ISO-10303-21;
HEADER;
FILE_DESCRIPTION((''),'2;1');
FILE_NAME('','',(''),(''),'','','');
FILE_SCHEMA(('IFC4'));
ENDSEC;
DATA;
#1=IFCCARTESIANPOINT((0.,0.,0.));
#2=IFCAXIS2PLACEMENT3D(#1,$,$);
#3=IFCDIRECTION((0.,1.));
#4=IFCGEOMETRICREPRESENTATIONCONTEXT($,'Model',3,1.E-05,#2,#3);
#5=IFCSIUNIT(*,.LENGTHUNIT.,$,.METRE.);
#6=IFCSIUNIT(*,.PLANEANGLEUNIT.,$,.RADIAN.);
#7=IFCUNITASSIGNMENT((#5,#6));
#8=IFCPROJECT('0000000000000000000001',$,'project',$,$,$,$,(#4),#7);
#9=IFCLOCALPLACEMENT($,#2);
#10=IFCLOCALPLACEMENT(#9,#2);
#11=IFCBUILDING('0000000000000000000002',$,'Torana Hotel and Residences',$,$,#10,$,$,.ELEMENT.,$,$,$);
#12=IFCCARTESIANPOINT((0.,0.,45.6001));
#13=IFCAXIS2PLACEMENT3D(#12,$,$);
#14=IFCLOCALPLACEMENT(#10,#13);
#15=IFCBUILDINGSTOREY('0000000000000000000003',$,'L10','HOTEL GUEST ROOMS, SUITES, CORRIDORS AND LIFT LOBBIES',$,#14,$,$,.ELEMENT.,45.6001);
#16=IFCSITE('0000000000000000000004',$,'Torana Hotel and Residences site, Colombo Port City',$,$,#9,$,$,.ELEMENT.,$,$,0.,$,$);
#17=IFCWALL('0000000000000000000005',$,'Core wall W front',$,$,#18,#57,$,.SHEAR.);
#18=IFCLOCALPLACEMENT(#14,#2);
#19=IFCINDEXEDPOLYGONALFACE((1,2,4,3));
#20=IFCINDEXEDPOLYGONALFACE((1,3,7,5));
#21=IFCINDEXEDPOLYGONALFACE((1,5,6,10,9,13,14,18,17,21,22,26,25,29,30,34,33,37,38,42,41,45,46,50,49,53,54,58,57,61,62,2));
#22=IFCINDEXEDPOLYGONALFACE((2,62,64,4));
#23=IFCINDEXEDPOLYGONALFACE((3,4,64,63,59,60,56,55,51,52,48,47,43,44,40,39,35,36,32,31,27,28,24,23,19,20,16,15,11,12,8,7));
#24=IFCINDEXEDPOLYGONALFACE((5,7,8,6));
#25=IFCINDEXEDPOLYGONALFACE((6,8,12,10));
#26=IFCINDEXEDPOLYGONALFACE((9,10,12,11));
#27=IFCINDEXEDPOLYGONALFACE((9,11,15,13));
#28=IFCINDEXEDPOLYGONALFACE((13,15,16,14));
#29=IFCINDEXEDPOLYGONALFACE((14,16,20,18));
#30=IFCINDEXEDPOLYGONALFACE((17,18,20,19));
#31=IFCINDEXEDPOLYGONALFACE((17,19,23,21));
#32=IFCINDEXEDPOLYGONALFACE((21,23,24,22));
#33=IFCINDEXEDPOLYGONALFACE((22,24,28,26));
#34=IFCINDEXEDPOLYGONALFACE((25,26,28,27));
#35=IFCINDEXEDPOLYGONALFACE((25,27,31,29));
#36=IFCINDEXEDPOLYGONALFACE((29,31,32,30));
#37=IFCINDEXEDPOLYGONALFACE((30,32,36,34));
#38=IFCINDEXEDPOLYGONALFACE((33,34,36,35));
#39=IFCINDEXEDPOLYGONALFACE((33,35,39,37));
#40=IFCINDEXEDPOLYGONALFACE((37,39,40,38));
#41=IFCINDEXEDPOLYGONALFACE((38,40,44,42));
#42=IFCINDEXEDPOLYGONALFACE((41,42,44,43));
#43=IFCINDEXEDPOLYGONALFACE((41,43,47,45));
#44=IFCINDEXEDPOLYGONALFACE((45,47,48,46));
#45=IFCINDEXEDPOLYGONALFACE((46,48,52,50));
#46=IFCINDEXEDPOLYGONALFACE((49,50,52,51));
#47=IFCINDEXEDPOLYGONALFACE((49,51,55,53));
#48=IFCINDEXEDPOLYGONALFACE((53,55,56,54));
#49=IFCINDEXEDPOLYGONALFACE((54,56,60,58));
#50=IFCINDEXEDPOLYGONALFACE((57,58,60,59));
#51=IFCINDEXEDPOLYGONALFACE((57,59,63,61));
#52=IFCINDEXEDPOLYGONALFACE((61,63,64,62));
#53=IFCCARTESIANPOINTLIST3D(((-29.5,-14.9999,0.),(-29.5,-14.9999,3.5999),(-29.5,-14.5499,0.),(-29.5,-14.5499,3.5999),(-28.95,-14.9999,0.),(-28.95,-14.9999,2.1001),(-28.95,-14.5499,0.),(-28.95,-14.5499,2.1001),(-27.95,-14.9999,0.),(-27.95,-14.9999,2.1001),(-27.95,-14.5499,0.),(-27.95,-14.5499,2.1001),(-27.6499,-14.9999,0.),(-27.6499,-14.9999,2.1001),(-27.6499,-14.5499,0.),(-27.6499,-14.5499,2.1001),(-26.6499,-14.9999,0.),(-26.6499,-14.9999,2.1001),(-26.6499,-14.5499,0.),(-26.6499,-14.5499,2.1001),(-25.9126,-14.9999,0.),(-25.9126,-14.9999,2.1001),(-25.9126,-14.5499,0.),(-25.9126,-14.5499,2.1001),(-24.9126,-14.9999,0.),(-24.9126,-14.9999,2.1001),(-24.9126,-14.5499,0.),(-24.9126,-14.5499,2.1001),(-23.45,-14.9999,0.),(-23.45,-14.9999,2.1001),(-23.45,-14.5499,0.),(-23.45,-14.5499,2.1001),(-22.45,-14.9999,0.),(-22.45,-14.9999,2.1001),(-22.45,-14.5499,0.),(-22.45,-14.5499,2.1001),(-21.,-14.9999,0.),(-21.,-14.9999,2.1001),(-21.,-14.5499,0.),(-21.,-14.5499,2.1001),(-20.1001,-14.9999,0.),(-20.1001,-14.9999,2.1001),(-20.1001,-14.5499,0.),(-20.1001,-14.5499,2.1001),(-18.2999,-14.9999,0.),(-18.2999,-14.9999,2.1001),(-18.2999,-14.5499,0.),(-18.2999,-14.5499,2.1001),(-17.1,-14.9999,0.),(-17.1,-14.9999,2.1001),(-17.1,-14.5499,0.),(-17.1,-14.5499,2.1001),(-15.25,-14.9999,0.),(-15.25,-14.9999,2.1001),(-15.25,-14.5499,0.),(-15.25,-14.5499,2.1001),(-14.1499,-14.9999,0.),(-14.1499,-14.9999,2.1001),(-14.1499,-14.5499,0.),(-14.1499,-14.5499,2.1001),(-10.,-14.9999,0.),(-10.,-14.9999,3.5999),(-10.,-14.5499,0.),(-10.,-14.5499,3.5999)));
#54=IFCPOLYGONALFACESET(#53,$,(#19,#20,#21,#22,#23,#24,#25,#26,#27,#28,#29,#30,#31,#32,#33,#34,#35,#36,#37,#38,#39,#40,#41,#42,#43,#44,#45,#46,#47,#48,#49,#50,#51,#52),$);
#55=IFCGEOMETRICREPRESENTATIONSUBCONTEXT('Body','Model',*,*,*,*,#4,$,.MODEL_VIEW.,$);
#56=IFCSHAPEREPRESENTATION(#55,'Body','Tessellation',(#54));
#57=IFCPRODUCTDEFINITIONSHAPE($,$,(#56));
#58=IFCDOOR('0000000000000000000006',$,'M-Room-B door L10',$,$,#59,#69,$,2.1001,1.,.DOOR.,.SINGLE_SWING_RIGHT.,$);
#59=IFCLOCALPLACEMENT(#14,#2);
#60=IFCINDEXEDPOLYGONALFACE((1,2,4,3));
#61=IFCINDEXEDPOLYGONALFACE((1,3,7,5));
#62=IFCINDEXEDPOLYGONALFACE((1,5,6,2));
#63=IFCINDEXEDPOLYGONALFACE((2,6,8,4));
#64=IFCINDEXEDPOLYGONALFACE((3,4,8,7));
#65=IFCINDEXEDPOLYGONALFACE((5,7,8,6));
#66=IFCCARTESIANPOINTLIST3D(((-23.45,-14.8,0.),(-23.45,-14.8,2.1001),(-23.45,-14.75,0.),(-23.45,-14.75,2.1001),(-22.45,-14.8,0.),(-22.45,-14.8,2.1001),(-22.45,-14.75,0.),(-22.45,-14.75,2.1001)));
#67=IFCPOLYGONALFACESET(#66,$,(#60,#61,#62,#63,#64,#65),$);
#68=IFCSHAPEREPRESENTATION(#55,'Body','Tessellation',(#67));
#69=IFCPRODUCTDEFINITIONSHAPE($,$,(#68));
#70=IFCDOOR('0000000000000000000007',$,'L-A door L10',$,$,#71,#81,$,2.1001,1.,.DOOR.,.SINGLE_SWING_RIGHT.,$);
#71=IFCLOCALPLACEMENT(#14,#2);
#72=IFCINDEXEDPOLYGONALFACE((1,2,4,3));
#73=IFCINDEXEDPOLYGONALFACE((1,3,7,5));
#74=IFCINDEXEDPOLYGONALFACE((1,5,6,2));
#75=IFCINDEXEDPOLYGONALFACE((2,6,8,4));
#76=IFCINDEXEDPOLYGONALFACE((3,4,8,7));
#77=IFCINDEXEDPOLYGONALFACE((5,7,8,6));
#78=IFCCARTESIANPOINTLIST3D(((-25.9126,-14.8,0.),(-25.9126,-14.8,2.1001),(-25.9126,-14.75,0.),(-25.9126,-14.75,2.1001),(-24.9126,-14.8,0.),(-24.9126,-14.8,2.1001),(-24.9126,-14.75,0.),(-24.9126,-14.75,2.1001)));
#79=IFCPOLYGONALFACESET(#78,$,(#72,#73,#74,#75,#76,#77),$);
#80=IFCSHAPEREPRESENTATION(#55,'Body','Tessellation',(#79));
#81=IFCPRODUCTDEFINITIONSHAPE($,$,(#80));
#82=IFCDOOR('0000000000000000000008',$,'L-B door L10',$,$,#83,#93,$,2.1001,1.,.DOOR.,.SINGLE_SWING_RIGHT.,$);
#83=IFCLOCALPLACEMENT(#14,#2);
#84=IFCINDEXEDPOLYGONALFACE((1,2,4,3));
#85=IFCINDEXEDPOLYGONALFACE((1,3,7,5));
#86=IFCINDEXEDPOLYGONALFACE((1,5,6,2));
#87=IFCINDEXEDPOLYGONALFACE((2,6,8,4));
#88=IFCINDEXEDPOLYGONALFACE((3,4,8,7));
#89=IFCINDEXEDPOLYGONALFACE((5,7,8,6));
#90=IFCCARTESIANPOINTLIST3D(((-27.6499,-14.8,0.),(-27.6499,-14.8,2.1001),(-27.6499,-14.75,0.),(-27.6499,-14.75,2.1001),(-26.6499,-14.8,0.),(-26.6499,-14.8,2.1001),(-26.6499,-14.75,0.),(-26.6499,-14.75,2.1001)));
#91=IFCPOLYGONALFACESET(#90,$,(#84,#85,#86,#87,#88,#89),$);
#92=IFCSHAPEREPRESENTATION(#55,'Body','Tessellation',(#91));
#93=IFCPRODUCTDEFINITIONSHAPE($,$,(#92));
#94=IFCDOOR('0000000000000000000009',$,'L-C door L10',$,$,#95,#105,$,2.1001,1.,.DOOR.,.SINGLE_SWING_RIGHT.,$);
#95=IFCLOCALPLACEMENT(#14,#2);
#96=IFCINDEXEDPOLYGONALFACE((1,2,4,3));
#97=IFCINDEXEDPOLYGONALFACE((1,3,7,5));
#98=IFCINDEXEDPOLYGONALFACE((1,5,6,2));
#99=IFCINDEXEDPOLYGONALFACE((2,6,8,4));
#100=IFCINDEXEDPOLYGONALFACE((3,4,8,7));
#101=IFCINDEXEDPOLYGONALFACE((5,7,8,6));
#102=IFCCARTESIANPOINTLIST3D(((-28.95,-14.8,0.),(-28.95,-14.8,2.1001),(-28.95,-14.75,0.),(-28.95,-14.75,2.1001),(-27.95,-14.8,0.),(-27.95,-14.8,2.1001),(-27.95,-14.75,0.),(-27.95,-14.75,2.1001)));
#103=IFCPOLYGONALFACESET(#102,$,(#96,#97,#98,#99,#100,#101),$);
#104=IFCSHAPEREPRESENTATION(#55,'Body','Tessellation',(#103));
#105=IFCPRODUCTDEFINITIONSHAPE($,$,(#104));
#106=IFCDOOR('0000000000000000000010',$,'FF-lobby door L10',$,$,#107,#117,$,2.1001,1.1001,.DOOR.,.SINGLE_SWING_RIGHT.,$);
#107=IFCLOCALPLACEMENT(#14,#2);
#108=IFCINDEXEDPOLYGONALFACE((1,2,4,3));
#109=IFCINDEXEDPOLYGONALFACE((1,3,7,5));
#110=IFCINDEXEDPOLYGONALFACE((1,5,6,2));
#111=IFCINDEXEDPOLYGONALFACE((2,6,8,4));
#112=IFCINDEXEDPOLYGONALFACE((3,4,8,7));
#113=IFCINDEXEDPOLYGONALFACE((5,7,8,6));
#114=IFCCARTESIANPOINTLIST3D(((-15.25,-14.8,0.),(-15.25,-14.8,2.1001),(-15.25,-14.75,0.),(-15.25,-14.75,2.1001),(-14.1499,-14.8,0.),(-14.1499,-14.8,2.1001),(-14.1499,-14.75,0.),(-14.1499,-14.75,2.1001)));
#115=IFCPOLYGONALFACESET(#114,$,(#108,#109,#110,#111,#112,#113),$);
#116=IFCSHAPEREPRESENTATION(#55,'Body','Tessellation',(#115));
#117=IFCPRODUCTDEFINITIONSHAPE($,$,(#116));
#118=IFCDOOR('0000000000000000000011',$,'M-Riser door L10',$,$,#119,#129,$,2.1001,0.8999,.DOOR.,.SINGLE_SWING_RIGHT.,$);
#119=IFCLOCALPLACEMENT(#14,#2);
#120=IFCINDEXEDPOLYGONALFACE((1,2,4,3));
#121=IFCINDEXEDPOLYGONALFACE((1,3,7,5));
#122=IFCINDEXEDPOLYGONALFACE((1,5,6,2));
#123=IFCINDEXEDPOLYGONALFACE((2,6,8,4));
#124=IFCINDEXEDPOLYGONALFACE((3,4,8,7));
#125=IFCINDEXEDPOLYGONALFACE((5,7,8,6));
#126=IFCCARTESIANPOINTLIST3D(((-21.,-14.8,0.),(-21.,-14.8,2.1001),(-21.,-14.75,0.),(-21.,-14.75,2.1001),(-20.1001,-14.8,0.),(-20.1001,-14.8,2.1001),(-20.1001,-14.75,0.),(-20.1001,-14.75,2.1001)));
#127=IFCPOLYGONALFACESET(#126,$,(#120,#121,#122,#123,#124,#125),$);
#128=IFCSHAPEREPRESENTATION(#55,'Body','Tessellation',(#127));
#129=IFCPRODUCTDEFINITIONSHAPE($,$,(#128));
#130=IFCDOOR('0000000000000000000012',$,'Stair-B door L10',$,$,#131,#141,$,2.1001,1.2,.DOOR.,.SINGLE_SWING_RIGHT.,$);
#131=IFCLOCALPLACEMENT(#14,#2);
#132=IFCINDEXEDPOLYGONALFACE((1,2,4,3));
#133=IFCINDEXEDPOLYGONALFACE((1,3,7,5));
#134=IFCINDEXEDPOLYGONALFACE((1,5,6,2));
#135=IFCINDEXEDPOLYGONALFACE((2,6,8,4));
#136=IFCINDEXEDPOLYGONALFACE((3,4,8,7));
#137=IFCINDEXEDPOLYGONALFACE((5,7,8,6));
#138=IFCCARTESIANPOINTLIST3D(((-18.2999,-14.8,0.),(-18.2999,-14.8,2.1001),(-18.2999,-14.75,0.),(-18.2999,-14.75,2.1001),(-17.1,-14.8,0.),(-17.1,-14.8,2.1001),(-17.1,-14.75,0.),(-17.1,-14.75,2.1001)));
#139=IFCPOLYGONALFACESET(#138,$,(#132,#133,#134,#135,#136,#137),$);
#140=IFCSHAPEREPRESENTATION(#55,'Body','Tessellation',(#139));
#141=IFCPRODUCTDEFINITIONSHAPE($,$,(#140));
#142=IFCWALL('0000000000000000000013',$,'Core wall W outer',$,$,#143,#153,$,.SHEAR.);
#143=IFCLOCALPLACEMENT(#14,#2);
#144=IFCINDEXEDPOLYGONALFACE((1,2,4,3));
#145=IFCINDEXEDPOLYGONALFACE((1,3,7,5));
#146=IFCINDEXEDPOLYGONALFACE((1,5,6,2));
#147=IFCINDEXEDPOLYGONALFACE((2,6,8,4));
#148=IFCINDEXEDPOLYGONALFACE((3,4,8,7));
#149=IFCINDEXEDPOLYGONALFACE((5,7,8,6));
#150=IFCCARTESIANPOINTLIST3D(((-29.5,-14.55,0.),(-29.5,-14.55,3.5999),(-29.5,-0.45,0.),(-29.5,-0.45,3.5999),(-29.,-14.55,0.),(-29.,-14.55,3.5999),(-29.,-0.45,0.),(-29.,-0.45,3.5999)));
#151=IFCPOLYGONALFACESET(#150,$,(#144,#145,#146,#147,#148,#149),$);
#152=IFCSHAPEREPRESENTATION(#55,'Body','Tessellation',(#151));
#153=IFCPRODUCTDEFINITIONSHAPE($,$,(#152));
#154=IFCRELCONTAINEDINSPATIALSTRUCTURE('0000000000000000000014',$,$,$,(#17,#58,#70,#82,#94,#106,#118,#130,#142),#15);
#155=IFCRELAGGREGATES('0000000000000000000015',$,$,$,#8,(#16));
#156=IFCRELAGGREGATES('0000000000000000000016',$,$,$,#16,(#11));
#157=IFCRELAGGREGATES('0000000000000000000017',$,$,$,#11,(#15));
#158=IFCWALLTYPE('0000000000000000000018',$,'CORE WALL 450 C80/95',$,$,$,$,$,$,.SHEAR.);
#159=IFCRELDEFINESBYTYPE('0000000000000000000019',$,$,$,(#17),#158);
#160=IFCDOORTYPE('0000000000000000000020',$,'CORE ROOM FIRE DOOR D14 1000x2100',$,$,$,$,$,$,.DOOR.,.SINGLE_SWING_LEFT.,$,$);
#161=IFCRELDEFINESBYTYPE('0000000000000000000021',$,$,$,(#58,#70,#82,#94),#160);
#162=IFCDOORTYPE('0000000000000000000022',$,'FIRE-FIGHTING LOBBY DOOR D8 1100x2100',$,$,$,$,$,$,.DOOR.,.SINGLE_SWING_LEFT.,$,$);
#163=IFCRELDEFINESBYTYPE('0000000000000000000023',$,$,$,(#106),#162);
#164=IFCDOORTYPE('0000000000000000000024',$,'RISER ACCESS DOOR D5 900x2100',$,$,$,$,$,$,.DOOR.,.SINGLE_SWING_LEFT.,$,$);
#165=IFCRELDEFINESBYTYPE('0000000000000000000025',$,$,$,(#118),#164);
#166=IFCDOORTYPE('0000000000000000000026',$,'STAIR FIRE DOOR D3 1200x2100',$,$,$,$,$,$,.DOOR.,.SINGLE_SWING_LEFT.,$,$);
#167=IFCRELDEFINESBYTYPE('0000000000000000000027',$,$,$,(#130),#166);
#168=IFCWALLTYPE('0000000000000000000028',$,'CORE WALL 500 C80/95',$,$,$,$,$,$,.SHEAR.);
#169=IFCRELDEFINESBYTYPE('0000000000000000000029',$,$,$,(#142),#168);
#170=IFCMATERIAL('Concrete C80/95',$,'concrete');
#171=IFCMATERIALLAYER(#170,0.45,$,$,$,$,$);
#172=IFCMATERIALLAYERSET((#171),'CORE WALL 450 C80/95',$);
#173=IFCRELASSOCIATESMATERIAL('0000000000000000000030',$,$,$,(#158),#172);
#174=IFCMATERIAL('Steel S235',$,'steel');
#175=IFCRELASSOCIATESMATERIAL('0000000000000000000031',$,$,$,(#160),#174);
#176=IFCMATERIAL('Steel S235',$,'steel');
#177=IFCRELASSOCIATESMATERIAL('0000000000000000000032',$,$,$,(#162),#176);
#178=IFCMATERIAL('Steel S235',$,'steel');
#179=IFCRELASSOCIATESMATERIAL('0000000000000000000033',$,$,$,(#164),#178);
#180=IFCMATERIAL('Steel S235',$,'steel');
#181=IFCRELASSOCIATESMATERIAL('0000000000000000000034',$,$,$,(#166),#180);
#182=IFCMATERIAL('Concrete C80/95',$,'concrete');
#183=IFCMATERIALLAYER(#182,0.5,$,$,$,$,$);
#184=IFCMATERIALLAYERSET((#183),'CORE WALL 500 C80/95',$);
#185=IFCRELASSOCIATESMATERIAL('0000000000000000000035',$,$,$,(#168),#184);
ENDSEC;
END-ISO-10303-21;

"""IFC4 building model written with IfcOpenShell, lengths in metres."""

from ifc_helpers import new_model, si_unit, direction, frame, frame_2d, origin, place, context, subcontext, project, spatial, rectangle, extrude, material, layer, layer_set, type_object, element, fill, save


model = new_model("IFC4")

# Units and contexts
model_context = context("Model", 3, precision=1e-05, world=origin(), true_north=direction((0.0, 1.0)))
body_context = subcontext(model_context, "Body", "Model", "MODEL_VIEW")
ifc_project = project(units=[si_unit("LENGTHUNIT", "METRE"), si_unit("PLANEANGLEUNIT", "RADIAN")], contexts=[model_context])

# Site, building, storey
site_placement = place(None, origin())
site = spatial("IfcSite", under=ifc_project, at=site_placement, Name="Torana Hotel and Residences site, Colombo Port City", CompositionType="ELEMENT", RefElevation=0.0)
building_placement = place(site_placement, origin())
building = spatial("IfcBuilding", under=site, at=building_placement, Name="Torana Hotel and Residences", CompositionType="ELEMENT")
storey_placement = place(building_placement, frame((0.0, 0.0, 45.6001)))
storey = spatial("IfcBuildingStorey", under=building, at=storey_placement, Name="L10", Description="HOTEL GUEST ROOMS, SUITES, CORRIDORS AND LIFT LOBBIES", CompositionType="ELEMENT", Elevation=45.6001)

# Wall, openings, doors
ifc_material_1 = material(Name="Concrete C80/95", Category="concrete")
ifc_layer_1 = layer(ifc_material_1, 0.45)
ifc_layer_set_1 = layer_set([ifc_layer_1], Name="CORE WALL 450 C80/95")
wall_type_1 = type_object("IfcWallType", Name="CORE WALL 450 C80/95", PredefinedType="SHEAR", material=ifc_layer_set_1)
wall_1_placement = place(storey_placement, frame((-29.5, -14.7749, 0.0), z_axis=(0.0, 0.0, 1.0), x_axis=(1.0, 0.0, 0.0)))
wall_1 = element("IfcWall", 1, at=wall_1_placement, inside=storey, type_object=wall_type_1, Name="Core wall W front", PredefinedType="SHEAR", context=body_context, shape_type="SweptSolid", body=[
    extrude(rectangle(XDim=19.5, YDim=0.45, at=frame_2d((9.75, 0.0))), origin(), (0.0, 0.0, 1.0), 3.5999),
])
opening_1_placement = place(wall_1_placement, frame((11.2, 0.0, 0.0)))
opening_1 = element("IfcOpeningElement", 2, at=opening_1_placement, cuts=wall_1, PredefinedType="OPENING", context=body_context, shape_type="SweptSolid", body=[
    extrude(rectangle(XDim=1.2, YDim=2.1001, at=frame_2d((0.6001, 1.05))), frame((0.0, 0.2349, 0.0), z_axis=(0.0, -1.0, 0.0), x_axis=(1.0, 0.0, 0.0)), (0.0, 0.0, 1.0), 0.47),
])
opening_2_placement = place(wall_1_placement, frame((14.25, 0.0, 0.0)))
opening_2 = element("IfcOpeningElement", 3, at=opening_2_placement, cuts=wall_1, PredefinedType="OPENING", context=body_context, shape_type="SweptSolid", body=[
    extrude(rectangle(XDim=1.1001, YDim=2.1001, at=frame_2d((0.55, 1.05))), frame((0.0, 0.2349, 0.0), z_axis=(0.0, -1.0, 0.0), x_axis=(1.0, 0.0, 0.0)), (0.0, 0.0, 1.0), 0.47),
])
opening_3_placement = place(wall_1_placement, frame((8.5, 0.0, 0.0)))
opening_3 = element("IfcOpeningElement", 4, at=opening_3_placement, cuts=wall_1, PredefinedType="OPENING", context=body_context, shape_type="SweptSolid", body=[
    extrude(rectangle(XDim=0.8999, YDim=2.1001, at=frame_2d((0.45, 1.05))), frame((0.0, 0.2349, 0.0), z_axis=(0.0, -1.0, 0.0), x_axis=(1.0, 0.0, 0.0)), (0.0, 0.0, 1.0), 0.47),
])
opening_4_placement = place(wall_1_placement, frame((6.05, 0.0, 0.0)))
opening_4 = element("IfcOpeningElement", 5, at=opening_4_placement, cuts=wall_1, PredefinedType="OPENING", context=body_context, shape_type="SweptSolid", body=[
    extrude(rectangle(XDim=1.0, YDim=2.1001, at=frame_2d((0.5, 1.05))), frame((0.0, 0.2349, 0.0), z_axis=(0.0, -1.0, 0.0), x_axis=(1.0, 0.0, 0.0)), (0.0, 0.0, 1.0), 0.47),
])
opening_5_placement = place(wall_1_placement, frame((3.5874, 0.0, 0.0)))
opening_5 = element("IfcOpeningElement", 6, at=opening_5_placement, cuts=wall_1, PredefinedType="OPENING", context=body_context, shape_type="SweptSolid", body=[
    extrude(rectangle(XDim=1.0, YDim=2.1001, at=frame_2d((0.5, 1.05))), frame((0.0, 0.2349, 0.0), z_axis=(0.0, -1.0, 0.0), x_axis=(1.0, 0.0, 0.0)), (0.0, 0.0, 1.0), 0.47),
])
opening_6_placement = place(wall_1_placement, frame((1.8501, 0.0, 0.0)))
opening_6 = element("IfcOpeningElement", 7, at=opening_6_placement, cuts=wall_1, PredefinedType="OPENING", context=body_context, shape_type="SweptSolid", body=[
    extrude(rectangle(XDim=1.0, YDim=2.1001, at=frame_2d((0.5, 1.05))), frame((0.0, 0.2349, 0.0), z_axis=(0.0, -1.0, 0.0), x_axis=(1.0, 0.0, 0.0)), (0.0, 0.0, 1.0), 0.47),
])
opening_7_placement = place(wall_1_placement, frame((0.55, 0.0, 0.0)))
opening_7 = element("IfcOpeningElement", 8, at=opening_7_placement, cuts=wall_1, PredefinedType="OPENING", context=body_context, shape_type="SweptSolid", body=[
    extrude(rectangle(XDim=1.0, YDim=2.1001, at=frame_2d((0.5, 1.05))), frame((0.0, 0.2349, 0.0), z_axis=(0.0, -1.0, 0.0), x_axis=(1.0, 0.0, 0.0)), (0.0, 0.0, 1.0), 0.47),
])
ifc_material_2 = material(Name="Steel S235", Category="steel")
door_type_1 = type_object("IfcDoorType", Name="CORE ROOM FIRE DOOR D14 1000x2100", OperationType="SINGLE_SWING_LEFT", PredefinedType="DOOR", material=ifc_material_2)
door_1_placement = place(opening_4_placement, origin())
door_1 = element("IfcDoor", 9, at=door_1_placement, inside=storey, type_object=door_type_1, Name="M-Room-B door L10", OperationType="SINGLE_SWING_RIGHT", OverallHeight=2.1001, OverallWidth=1.0, PredefinedType="DOOR", context=body_context, shape_type="SweptSolid", body=[
    extrude(rectangle(XDim=1.0, YDim=2.1001, at=frame_2d((0.5, 1.05))), frame((0.0, 0.0249, 0.0), z_axis=(0.0, -1.0, 0.0), x_axis=(1.0, 0.0, 0.0)), (0.0, 0.0, 1.0), 0.05),
])
fill(opening_4, door_1)
door_2_placement = place(opening_5_placement, origin())
door_2 = element("IfcDoor", 10, at=door_2_placement, inside=storey, type_object=door_type_1, Name="L-A door L10", OperationType="SINGLE_SWING_RIGHT", OverallHeight=2.1001, OverallWidth=1.0, PredefinedType="DOOR", context=body_context, shape_type="SweptSolid", body=[
    extrude(rectangle(XDim=1.0, YDim=2.1001, at=frame_2d((0.5, 1.05))), frame((0.0, 0.0249, 0.0), z_axis=(0.0, -1.0, 0.0), x_axis=(1.0, 0.0, 0.0)), (0.0, 0.0, 1.0), 0.05),
])
fill(opening_5, door_2)
door_3_placement = place(opening_6_placement, origin())
door_3 = element("IfcDoor", 11, at=door_3_placement, inside=storey, type_object=door_type_1, Name="L-B door L10", OperationType="SINGLE_SWING_RIGHT", OverallHeight=2.1001, OverallWidth=1.0, PredefinedType="DOOR", context=body_context, shape_type="SweptSolid", body=[
    extrude(rectangle(XDim=1.0, YDim=2.1001, at=frame_2d((0.5, 1.05))), frame((0.0, 0.0249, 0.0), z_axis=(0.0, -1.0, 0.0), x_axis=(1.0, 0.0, 0.0)), (0.0, 0.0, 1.0), 0.05),
])
fill(opening_6, door_3)
door_4_placement = place(opening_7_placement, origin())
door_4 = element("IfcDoor", 12, at=door_4_placement, inside=storey, type_object=door_type_1, Name="L-C door L10", OperationType="SINGLE_SWING_RIGHT", OverallHeight=2.1001, OverallWidth=1.0, PredefinedType="DOOR", context=body_context, shape_type="SweptSolid", body=[
    extrude(rectangle(XDim=1.0, YDim=2.1001, at=frame_2d((0.5, 1.05))), frame((0.0, 0.0249, 0.0), z_axis=(0.0, -1.0, 0.0), x_axis=(1.0, 0.0, 0.0)), (0.0, 0.0, 1.0), 0.05),
])
fill(opening_7, door_4)
ifc_material_3 = material(Name="Steel S235", Category="steel")
door_type_2 = type_object("IfcDoorType", Name="FIRE-FIGHTING LOBBY DOOR D8 1100x2100", OperationType="SINGLE_SWING_LEFT", PredefinedType="DOOR", material=ifc_material_3)
door_5_placement = place(opening_2_placement, origin())
door_5 = element("IfcDoor", 13, at=door_5_placement, inside=storey, type_object=door_type_2, Name="FF-lobby door L10", OperationType="SINGLE_SWING_RIGHT", OverallHeight=2.1001, OverallWidth=1.1001, PredefinedType="DOOR", context=body_context, shape_type="SweptSolid", body=[
    extrude(rectangle(XDim=1.1001, YDim=2.1001, at=frame_2d((0.55, 1.05))), frame((0.0, 0.0249, 0.0), z_axis=(0.0, -1.0, 0.0), x_axis=(1.0, 0.0, 0.0)), (0.0, 0.0, 1.0), 0.05),
])
fill(opening_2, door_5)
ifc_material_4 = material(Name="Steel S235", Category="steel")
door_type_3 = type_object("IfcDoorType", Name="RISER ACCESS DOOR D5 900x2100", OperationType="SINGLE_SWING_LEFT", PredefinedType="DOOR", material=ifc_material_4)
door_6_placement = place(opening_3_placement, origin())
door_6 = element("IfcDoor", 14, at=door_6_placement, inside=storey, type_object=door_type_3, Name="M-Riser door L10", OperationType="SINGLE_SWING_RIGHT", OverallHeight=2.1001, OverallWidth=0.8999, PredefinedType="DOOR", context=body_context, shape_type="SweptSolid", body=[
    extrude(rectangle(XDim=0.8999, YDim=2.1001, at=frame_2d((0.45, 1.05))), frame((0.0, 0.0249, 0.0), z_axis=(0.0, -1.0, 0.0), x_axis=(1.0, 0.0, 0.0)), (0.0, 0.0, 1.0), 0.05),
])
fill(opening_3, door_6)
ifc_material_5 = material(Name="Steel S235", Category="steel")
door_type_4 = type_object("IfcDoorType", Name="STAIR FIRE DOOR D3 1200x2100", OperationType="SINGLE_SWING_LEFT", PredefinedType="DOOR", material=ifc_material_5)
door_7_placement = place(opening_1_placement, origin())
door_7 = element("IfcDoor", 15, at=door_7_placement, inside=storey, type_object=door_type_4, Name="Stair-B door L10", OperationType="SINGLE_SWING_RIGHT", OverallHeight=2.1001, OverallWidth=1.2, PredefinedType="DOOR", context=body_context, shape_type="SweptSolid", body=[
    extrude(rectangle(XDim=1.2, YDim=2.1001, at=frame_2d((0.6001, 1.05))), frame((0.0, 0.0249, 0.0), z_axis=(0.0, -1.0, 0.0), x_axis=(1.0, 0.0, 0.0)), (0.0, 0.0, 1.0), 0.05),
])
fill(opening_1, door_7)

# Wall
ifc_material_6 = material(Name="Concrete C80/95", Category="concrete")
ifc_layer_2 = layer(ifc_material_6, 0.5)
ifc_layer_set_2 = layer_set([ifc_layer_2], Name="CORE WALL 500 C80/95")
wall_type_2 = type_object("IfcWallType", Name="CORE WALL 500 C80/95", PredefinedType="SHEAR", material=ifc_layer_set_2)
wall_2_placement = place(storey_placement, frame((-29.25, -14.55, 0.0), z_axis=(0.0, 0.0, 1.0), x_axis=(0.0, 1.0, 0.0)))
element("IfcWall", 16, at=wall_2_placement, inside=storey, type_object=wall_type_2, Name="Core wall W outer", PredefinedType="SHEAR", context=body_context, shape_type="SweptSolid", body=[
    extrude(rectangle(XDim=14.1001, YDim=0.5, at=frame_2d((7.05, 0.0))), origin(), (0.0, 0.0, 1.0), 3.5999),
])

save(model, "model.ifc")
